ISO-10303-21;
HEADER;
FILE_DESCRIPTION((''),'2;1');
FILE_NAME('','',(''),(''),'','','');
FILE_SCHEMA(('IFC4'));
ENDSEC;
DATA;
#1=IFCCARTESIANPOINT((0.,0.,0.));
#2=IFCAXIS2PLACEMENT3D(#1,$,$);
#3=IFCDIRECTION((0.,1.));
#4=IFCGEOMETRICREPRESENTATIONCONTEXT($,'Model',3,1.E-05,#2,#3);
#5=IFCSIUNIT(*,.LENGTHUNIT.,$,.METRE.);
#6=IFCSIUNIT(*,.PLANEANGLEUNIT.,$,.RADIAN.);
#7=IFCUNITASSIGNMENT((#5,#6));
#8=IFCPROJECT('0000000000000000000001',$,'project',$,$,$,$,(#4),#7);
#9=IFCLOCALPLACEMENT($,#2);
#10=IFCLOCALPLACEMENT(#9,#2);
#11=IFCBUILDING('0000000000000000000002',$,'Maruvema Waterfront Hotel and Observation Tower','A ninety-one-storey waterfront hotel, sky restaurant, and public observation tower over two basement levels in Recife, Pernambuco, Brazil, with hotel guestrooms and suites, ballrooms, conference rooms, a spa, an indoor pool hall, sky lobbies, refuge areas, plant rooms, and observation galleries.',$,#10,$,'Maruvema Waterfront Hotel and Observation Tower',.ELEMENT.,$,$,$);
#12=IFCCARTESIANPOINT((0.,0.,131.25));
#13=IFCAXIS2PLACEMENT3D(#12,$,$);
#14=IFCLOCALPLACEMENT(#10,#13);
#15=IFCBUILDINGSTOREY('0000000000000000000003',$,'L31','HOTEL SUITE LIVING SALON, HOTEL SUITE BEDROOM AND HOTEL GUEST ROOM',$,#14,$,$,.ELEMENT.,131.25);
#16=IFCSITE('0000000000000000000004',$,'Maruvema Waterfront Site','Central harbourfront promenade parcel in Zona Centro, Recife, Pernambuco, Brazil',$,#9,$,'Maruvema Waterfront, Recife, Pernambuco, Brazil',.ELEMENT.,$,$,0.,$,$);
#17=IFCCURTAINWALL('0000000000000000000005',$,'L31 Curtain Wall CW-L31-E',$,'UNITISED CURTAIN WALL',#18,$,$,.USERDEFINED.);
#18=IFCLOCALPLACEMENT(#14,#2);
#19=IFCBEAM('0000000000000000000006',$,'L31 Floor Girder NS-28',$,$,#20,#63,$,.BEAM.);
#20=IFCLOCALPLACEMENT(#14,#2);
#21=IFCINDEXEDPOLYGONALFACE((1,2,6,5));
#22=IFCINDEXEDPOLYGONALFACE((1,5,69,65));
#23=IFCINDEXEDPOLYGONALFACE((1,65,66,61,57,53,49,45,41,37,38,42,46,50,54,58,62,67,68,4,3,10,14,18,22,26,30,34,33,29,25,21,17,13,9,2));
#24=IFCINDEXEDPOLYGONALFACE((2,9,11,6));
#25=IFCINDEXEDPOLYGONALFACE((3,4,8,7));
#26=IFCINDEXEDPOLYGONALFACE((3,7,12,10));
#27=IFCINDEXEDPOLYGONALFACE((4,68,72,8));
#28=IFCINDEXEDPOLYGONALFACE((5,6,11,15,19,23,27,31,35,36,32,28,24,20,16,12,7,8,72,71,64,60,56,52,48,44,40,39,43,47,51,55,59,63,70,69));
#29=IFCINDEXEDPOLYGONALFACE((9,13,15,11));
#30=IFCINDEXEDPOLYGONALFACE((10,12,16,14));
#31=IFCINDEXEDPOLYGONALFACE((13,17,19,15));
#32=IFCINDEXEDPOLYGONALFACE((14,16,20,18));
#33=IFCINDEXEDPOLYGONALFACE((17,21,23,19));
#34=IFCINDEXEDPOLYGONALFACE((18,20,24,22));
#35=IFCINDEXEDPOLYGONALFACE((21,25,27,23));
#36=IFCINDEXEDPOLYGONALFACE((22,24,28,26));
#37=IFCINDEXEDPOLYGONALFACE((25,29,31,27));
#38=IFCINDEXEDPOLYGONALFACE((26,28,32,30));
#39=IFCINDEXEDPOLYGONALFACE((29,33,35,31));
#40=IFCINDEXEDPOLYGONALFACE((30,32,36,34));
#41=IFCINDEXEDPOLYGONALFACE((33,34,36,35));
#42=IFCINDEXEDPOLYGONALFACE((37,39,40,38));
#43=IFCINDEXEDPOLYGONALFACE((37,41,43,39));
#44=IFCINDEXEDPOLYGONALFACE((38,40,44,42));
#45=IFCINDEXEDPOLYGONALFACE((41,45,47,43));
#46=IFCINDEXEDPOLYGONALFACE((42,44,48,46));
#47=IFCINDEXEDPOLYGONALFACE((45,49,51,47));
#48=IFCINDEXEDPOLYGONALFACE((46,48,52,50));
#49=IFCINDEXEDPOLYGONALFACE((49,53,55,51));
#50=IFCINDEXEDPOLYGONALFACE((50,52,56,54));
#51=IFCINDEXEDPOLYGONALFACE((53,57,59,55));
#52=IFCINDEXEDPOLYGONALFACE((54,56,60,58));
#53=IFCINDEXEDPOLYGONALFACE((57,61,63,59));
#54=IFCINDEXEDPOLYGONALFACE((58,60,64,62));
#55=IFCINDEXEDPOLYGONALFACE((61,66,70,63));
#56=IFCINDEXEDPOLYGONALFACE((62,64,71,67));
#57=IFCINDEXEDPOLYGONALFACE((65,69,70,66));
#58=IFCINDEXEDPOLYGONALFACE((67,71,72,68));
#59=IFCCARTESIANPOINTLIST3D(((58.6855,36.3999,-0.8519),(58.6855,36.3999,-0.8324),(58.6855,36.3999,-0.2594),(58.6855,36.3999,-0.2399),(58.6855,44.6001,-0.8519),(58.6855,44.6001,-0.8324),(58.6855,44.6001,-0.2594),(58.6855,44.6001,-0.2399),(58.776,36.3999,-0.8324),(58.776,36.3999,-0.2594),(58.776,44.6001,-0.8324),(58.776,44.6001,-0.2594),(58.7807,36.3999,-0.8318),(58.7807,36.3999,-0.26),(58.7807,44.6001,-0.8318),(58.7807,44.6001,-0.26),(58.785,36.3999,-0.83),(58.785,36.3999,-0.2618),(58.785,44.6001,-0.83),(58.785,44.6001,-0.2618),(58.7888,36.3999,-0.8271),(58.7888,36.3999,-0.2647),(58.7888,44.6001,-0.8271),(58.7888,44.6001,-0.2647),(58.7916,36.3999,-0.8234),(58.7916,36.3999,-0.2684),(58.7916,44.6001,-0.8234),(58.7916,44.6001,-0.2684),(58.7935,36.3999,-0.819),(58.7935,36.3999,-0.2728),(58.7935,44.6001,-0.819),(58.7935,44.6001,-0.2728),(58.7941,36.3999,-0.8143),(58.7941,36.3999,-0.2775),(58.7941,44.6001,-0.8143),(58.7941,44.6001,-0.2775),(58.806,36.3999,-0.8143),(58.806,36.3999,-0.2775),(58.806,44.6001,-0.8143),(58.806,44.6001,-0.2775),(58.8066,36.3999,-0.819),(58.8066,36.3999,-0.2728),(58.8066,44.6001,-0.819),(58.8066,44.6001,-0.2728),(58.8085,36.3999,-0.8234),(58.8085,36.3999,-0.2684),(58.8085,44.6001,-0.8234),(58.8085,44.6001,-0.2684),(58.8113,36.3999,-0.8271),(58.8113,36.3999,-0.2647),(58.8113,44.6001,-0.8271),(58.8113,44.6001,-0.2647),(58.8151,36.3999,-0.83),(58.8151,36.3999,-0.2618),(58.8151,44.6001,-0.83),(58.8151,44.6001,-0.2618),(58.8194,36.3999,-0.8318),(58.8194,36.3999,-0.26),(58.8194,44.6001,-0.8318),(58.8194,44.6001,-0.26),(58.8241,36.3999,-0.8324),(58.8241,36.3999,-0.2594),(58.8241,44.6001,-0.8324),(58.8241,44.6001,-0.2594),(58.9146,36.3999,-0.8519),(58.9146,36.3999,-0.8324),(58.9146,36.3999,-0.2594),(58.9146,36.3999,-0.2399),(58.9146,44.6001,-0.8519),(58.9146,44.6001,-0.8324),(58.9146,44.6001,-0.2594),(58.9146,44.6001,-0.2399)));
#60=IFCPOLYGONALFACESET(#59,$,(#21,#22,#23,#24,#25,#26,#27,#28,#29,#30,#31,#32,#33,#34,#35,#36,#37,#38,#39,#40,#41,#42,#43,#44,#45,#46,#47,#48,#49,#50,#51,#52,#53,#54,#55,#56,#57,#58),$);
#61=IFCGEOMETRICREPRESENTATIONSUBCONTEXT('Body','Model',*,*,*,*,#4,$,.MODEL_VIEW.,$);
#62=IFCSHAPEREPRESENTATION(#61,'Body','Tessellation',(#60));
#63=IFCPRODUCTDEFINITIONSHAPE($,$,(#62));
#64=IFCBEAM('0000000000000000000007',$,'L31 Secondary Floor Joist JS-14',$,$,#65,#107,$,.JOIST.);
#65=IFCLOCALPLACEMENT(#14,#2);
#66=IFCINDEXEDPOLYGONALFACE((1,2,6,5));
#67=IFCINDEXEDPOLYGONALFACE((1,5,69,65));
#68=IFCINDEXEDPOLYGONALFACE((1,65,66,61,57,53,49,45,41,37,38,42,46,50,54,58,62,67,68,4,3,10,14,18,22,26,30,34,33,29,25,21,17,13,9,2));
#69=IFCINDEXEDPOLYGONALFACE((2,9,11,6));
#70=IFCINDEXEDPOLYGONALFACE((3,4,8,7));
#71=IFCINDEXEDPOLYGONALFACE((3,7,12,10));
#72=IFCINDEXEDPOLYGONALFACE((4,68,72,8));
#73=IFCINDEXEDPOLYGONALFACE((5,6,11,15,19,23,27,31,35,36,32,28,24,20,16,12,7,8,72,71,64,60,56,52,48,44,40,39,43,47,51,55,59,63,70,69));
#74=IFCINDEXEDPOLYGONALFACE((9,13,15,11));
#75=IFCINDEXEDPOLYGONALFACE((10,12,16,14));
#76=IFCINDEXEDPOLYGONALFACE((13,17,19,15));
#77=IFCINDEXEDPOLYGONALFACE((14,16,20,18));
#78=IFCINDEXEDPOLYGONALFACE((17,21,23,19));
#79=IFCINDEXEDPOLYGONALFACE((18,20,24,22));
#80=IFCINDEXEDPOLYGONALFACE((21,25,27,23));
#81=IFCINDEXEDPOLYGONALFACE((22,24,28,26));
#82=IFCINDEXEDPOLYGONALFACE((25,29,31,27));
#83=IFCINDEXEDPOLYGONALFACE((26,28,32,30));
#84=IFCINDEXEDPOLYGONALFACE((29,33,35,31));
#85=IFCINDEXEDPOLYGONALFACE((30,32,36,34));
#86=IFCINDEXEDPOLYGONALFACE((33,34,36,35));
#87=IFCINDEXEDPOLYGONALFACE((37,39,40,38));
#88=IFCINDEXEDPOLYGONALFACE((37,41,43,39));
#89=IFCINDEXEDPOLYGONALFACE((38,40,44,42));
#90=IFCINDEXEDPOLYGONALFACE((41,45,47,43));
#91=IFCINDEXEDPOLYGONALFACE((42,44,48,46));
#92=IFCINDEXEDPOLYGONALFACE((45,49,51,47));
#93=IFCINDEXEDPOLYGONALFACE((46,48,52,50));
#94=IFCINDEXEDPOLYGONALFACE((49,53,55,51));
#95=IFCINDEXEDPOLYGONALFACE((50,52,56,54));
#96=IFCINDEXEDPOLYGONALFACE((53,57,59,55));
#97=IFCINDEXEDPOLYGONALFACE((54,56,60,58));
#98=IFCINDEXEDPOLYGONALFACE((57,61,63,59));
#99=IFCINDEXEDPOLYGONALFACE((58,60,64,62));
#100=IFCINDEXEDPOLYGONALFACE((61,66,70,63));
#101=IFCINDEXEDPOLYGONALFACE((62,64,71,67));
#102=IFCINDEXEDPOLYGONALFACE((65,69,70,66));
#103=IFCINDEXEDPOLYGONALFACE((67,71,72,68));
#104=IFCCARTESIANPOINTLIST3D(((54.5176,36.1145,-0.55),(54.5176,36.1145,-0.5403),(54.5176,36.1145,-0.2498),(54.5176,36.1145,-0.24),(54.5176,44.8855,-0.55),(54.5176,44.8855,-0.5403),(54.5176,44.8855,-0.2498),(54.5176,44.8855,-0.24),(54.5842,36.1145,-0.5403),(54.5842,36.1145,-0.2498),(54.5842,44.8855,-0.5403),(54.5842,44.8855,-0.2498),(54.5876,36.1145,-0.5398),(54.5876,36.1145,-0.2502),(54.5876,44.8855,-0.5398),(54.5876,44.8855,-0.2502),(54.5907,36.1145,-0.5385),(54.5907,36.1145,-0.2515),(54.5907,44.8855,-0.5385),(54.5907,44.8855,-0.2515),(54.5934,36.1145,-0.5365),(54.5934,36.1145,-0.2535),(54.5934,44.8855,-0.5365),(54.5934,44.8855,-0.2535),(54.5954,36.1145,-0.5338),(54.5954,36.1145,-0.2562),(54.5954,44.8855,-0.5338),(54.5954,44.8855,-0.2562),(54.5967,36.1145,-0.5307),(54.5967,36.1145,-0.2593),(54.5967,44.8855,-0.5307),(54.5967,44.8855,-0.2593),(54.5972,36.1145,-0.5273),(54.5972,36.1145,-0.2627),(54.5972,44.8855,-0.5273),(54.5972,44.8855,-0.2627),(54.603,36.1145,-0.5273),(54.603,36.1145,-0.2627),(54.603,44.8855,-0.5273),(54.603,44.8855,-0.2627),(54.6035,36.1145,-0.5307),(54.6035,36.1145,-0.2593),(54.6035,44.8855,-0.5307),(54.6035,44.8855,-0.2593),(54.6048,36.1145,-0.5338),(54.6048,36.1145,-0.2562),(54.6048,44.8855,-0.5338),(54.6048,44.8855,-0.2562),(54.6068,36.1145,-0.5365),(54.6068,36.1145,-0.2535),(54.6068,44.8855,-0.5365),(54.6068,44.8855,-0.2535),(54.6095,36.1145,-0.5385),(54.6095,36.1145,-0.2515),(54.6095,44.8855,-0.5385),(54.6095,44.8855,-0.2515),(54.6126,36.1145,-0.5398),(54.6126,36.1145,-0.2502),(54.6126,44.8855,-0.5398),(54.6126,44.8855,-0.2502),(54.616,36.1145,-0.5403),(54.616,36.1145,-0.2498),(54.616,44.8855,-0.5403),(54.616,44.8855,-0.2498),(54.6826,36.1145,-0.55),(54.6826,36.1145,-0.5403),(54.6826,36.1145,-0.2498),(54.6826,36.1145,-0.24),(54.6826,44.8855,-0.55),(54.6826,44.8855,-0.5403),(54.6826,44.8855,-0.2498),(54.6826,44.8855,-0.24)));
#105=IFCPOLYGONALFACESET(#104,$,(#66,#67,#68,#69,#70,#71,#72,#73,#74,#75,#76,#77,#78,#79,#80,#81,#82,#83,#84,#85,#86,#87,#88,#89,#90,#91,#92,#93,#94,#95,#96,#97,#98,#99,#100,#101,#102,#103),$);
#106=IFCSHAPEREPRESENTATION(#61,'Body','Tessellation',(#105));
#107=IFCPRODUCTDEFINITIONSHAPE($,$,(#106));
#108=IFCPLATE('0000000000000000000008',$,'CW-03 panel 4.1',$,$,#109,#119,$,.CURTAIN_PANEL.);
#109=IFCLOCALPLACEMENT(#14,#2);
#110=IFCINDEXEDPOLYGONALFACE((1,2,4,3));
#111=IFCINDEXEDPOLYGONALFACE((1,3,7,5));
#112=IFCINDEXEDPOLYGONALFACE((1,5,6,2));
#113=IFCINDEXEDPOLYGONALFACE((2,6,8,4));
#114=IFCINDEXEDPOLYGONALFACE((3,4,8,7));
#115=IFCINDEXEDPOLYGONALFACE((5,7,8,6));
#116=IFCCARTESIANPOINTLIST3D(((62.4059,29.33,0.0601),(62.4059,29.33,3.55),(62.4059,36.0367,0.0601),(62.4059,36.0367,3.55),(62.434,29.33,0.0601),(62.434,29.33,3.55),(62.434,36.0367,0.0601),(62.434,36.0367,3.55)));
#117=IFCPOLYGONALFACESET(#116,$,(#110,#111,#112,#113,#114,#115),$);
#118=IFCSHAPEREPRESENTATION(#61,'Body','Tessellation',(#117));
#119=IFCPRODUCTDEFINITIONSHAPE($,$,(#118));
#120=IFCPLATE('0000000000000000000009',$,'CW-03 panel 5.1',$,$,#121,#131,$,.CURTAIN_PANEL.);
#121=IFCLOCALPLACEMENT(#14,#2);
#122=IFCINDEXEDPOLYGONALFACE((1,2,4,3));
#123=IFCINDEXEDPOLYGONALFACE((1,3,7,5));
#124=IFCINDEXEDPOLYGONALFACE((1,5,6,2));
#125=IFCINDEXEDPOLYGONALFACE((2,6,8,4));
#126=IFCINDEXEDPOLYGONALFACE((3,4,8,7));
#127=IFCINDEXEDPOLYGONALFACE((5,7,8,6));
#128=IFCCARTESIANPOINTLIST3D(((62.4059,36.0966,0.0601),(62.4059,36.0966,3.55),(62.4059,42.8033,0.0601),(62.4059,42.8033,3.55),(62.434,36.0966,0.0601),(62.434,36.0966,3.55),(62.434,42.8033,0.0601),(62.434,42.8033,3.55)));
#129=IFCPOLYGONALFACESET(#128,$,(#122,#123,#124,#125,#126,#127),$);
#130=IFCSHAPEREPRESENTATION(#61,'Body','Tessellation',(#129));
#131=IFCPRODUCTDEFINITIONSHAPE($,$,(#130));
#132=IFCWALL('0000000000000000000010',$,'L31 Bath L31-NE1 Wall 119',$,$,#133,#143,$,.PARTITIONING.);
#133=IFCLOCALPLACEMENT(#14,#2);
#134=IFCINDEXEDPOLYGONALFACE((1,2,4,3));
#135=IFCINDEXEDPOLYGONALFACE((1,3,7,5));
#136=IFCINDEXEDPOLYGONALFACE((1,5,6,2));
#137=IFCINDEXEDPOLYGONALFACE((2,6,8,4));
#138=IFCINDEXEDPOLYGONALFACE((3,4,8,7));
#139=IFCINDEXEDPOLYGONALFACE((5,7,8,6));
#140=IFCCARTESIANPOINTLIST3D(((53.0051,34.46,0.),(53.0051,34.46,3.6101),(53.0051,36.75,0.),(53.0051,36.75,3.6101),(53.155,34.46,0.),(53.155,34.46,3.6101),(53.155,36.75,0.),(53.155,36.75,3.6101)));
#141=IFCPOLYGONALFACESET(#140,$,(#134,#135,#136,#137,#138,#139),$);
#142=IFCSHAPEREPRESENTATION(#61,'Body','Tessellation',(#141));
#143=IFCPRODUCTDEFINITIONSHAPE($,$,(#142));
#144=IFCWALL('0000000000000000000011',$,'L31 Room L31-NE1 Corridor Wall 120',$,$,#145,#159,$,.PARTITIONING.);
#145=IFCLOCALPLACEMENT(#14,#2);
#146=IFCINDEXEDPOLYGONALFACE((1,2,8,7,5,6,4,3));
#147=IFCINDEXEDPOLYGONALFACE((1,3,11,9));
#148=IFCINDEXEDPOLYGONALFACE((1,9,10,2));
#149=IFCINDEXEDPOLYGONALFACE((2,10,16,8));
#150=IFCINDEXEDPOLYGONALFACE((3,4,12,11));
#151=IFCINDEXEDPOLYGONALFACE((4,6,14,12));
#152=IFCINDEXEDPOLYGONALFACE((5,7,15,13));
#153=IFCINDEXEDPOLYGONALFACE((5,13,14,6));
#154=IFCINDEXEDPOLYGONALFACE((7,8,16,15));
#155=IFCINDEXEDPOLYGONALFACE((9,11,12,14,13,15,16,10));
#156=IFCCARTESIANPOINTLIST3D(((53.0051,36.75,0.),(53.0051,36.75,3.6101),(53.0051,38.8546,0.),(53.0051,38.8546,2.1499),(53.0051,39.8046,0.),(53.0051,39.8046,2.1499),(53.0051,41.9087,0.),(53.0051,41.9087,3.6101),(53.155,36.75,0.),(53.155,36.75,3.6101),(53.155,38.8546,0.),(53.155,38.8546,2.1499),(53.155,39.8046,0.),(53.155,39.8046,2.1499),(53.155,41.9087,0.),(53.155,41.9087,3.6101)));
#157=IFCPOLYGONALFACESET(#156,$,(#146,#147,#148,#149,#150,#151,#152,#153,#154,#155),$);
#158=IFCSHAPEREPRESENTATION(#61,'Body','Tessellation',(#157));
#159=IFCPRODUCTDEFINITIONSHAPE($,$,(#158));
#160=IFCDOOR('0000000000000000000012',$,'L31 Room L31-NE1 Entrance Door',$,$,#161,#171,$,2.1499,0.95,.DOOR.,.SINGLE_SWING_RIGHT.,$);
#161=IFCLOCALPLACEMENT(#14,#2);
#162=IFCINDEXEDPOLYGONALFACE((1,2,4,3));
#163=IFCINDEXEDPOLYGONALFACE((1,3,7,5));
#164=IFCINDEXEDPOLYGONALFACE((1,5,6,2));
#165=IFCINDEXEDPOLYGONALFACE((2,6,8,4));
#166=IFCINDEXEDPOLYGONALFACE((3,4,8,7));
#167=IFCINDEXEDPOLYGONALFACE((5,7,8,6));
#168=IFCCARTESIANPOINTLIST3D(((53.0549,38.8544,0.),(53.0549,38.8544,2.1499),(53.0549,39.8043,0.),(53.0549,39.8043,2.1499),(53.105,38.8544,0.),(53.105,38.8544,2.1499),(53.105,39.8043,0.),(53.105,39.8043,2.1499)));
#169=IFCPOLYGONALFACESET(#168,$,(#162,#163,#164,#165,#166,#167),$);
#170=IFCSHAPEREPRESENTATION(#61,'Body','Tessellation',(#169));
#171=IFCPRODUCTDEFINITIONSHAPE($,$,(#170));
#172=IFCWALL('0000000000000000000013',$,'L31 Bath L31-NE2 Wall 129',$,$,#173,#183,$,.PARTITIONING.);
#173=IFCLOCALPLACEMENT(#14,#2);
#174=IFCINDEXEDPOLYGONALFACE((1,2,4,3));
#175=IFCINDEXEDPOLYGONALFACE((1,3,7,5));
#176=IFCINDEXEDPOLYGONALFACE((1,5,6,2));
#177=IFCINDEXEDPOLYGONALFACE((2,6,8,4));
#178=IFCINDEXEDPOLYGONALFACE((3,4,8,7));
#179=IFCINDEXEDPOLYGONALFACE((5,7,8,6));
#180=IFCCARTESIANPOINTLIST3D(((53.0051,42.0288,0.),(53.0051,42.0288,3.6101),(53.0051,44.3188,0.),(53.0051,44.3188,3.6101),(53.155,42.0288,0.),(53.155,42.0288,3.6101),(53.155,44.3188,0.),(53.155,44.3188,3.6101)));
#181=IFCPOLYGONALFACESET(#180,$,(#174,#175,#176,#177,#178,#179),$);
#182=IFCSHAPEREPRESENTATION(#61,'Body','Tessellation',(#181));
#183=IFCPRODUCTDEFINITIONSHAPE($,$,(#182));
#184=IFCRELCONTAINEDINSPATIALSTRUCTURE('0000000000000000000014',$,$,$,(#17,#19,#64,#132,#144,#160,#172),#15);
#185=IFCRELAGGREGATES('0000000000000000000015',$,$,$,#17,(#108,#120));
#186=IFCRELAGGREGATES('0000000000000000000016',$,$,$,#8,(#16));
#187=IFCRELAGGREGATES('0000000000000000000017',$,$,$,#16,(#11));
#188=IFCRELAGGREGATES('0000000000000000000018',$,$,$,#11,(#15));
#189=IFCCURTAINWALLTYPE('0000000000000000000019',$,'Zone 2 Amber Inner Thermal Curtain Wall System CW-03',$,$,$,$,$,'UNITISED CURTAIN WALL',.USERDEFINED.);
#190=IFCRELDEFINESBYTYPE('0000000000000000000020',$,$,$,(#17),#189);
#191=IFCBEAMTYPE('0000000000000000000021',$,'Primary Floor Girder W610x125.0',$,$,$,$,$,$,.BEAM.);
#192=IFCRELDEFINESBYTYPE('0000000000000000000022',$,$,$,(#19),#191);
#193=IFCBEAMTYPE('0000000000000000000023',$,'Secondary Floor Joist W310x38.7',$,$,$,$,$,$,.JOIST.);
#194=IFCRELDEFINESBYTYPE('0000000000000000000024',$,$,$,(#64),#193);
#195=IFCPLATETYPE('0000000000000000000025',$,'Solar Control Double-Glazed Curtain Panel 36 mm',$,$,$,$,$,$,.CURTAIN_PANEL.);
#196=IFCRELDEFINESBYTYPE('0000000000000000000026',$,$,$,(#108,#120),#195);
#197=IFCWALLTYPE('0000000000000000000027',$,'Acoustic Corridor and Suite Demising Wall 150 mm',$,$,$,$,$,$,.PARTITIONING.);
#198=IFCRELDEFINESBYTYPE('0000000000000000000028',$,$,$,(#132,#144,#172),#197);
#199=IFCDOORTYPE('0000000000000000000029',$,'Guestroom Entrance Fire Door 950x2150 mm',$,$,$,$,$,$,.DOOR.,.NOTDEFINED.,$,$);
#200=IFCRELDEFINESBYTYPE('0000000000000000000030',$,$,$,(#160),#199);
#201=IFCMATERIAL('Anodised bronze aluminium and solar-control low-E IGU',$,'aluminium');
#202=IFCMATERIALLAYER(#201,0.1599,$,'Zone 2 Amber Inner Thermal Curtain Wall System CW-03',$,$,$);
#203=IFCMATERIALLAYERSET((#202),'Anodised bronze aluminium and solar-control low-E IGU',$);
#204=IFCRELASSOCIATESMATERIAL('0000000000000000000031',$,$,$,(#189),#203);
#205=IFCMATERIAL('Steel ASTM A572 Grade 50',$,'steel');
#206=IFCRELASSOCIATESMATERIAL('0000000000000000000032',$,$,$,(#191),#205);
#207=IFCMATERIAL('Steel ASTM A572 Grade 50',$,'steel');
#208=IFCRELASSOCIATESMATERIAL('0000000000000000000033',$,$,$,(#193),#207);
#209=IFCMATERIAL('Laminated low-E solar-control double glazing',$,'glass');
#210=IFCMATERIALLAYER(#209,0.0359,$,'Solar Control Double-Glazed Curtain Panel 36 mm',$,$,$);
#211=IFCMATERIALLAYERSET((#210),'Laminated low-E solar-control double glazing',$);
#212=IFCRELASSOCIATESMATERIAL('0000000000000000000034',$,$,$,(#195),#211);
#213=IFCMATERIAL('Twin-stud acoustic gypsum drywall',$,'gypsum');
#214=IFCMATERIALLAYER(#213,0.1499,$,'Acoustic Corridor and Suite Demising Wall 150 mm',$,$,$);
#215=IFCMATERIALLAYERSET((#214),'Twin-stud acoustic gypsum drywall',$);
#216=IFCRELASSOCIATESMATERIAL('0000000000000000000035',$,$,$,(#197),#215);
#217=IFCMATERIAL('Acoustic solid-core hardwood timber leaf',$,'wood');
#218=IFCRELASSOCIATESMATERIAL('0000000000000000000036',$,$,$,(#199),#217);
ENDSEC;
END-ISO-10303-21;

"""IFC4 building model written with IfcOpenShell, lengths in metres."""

from ifc_helpers import new_model, si_unit, direction, frame, frame_2d, origin, origin_2d, place, context, subcontext, project, spatial, rectangle, i_section, extrude, material, layer, layer_set, material_profile, profile_set, type_object, element, fill, aggregate, save


model = new_model("IFC4")

# Units and contexts
model_context = context("Model", 3, precision=1e-05, world=origin(), true_north=direction((0.0, 1.0)))
body_context = subcontext(model_context, "Body", "Model", "MODEL_VIEW")
ifc_project = project(units=[si_unit("LENGTHUNIT", "METRE"), si_unit("PLANEANGLEUNIT", "RADIAN")], contexts=[model_context])

# Site, building, storey
site_placement = place(None, origin())
site = spatial("IfcSite", under=ifc_project, at=site_placement, Name="Maruvema Waterfront Site", Description="Central harbourfront promenade parcel in Zona Centro, Recife, Pernambuco, Brazil", LongName="Maruvema Waterfront, Recife, Pernambuco, Brazil", CompositionType="ELEMENT", RefElevation=0.0)
building_placement = place(site_placement, origin())
building = spatial("IfcBuilding", under=site, at=building_placement, Name="Maruvema Waterfront Hotel and Observation Tower", Description="A ninety-one-storey waterfront hotel, sky restaurant, and public observation tower over two basement levels in Recife, Pernambuco, Brazil, with hotel guestrooms and suites, ballrooms, conference rooms, a spa, an indoor pool hall, sky lobbies, refuge areas, plant rooms, and observation galleries.", LongName="Maruvema Waterfront Hotel and Observation Tower", CompositionType="ELEMENT")
storey_placement = place(building_placement, frame((0.0, 0.0, 131.25)))
storey = spatial("IfcBuildingStorey", under=building, at=storey_placement, Name="L31", Description="HOTEL SUITE LIVING SALON, HOTEL SUITE BEDROOM AND HOTEL GUEST ROOM", CompositionType="ELEMENT", Elevation=131.25)

# Curtain wall
ifc_material_1 = material(Name="Anodised bronze aluminium and solar-control low-E IGU", Category="aluminium")
ifc_layer_1 = layer(ifc_material_1, 0.1599, Name="Zone 2 Amber Inner Thermal Curtain Wall System CW-03")
ifc_layer_set_1 = layer_set([ifc_layer_1], Name="Anodised bronze aluminium and solar-control low-E IGU")
curtain_wall_type = type_object("IfcCurtainWallType", Name="Zone 2 Amber Inner Thermal Curtain Wall System CW-03", ElementType="UNITISED CURTAIN WALL", PredefinedType="USERDEFINED", material=ifc_layer_set_1)
curtain_wall_placement = place(storey_placement, origin())
curtain_wall = element("IfcCurtainWall", 1, at=curtain_wall_placement, inside=storey, type_object=curtain_wall_type, Name="L31 Curtain Wall CW-L31-E", ObjectType="UNITISED CURTAIN WALL", PredefinedType="USERDEFINED")

# Beams
ifc_material_2 = material(Name="Steel ASTM A572 Grade 50", Category="steel")
ifc_material_profile_1 = material_profile(ifc_material_2, i_section(OverallWidth=0.229, OverallDepth=0.6121, WebThickness=0.012, FlangeThickness=0.0195, FilletRadius=0.0181, at=origin_2d()), Name="W610x125.0")
ifc_profile_set_1 = profile_set([ifc_material_profile_1], Name="Steel ASTM A572 Grade 50")
beam_type_1 = type_object("IfcBeamType", Name="Primary Floor Girder W610x125.0", PredefinedType="BEAM", material=ifc_profile_set_1)
for number, where, z_axis, x_axis, name in (
    (2, (58.8, 36.3999, -0.5459), (0.0, 1.0, 0.0), (-1.0, 0.0, 0.0), "L31 Floor Girder NS-28"),
):
    element("IfcBeam", number, at=place(storey_placement, frame(where, z_axis=z_axis, x_axis=x_axis)), inside=storey, type_object=beam_type_1, Name=name, PredefinedType="BEAM", context=body_context, shape_type="SweptSolid", body=[
        extrude(i_section(OverallWidth=0.229, OverallDepth=0.6121, WebThickness=0.012, FlangeThickness=0.0195, FilletRadius=0.0181, at=origin_2d()), origin(), (0.0, 0.0, 1.0), 8.2002),
    ])
ifc_material_3 = material(Name="Steel ASTM A572 Grade 50", Category="steel")
ifc_material_profile_2 = material_profile(ifc_material_3, i_section(OverallWidth=0.165, OverallDepth=0.3101, WebThickness=0.0059, FlangeThickness=0.0098, FilletRadius=0.0129, at=origin_2d()), Name="W310x38.7")
ifc_profile_set_2 = profile_set([ifc_material_profile_2], Name="Steel ASTM A572 Grade 50")
beam_type_2 = type_object("IfcBeamType", Name="Secondary Floor Joist W310x38.7", PredefinedType="JOIST", material=ifc_profile_set_2)
beam_1_placement = place(storey_placement, frame((54.6001, 36.1145, -0.395), z_axis=(0.0, 1.0, 0.0), x_axis=(-1.0, 0.0, 0.0)))
element("IfcBeam", 3, at=beam_1_placement, inside=storey, type_object=beam_type_2, Name="L31 Secondary Floor Joist JS-14", PredefinedType="JOIST", context=body_context, shape_type="SweptSolid", body=[
    extrude(i_section(OverallWidth=0.165, OverallDepth=0.3101, WebThickness=0.0059, FlangeThickness=0.0098, FilletRadius=0.0129, at=origin_2d()), origin(), (0.0, 0.0, 1.0), 8.771),
])

# Plates
ifc_material_4 = material(Name="Laminated low-E solar-control double glazing", Category="glass")
ifc_layer_2 = layer(ifc_material_4, 0.0359, Name="Solar Control Double-Glazed Curtain Panel 36 mm")
ifc_layer_set_2 = layer_set([ifc_layer_2], Name="Laminated low-E solar-control double glazing")
plate_type = type_object("IfcPlateType", Name="Solar Control Double-Glazed Curtain Panel 36 mm", PredefinedType="CURTAIN_PANEL", material=ifc_layer_set_2)
plate_1_placement = place(storey_placement, frame((62.4199, 32.6833, 0.0601), z_axis=(0.0, 0.0, 1.0), x_axis=(0.0, 1.0, 0.0)))
plate_1 = element("IfcPlate", 4, at=plate_1_placement, type_object=plate_type, Name="CW-03 panel 4.1", PredefinedType="CURTAIN_PANEL", context=body_context, shape_type="SweptSolid", body=[
    extrude(rectangle(XDim=6.7068, YDim=0.0281, at=origin_2d()), origin(), (0.0, 0.0, 1.0), 3.49),
])
plate_2_placement = place(storey_placement, frame((62.4199, 39.45, 0.0601), z_axis=(0.0, 0.0, 1.0), x_axis=(0.0, 1.0, 0.0)))
plate_2 = element("IfcPlate", 5, at=plate_2_placement, type_object=plate_type, Name="CW-03 panel 5.1", PredefinedType="CURTAIN_PANEL", context=body_context, shape_type="SweptSolid", body=[
    extrude(rectangle(XDim=6.7068, YDim=0.0281, at=origin_2d()), origin(), (0.0, 0.0, 1.0), 3.49),
])
aggregate(curtain_wall, [plate_1, plate_2])

# Wall
ifc_material_5 = material(Name="Twin-stud acoustic gypsum drywall", Category="gypsum")
ifc_layer_3 = layer(ifc_material_5, 0.1499, Name="Acoustic Corridor and Suite Demising Wall 150 mm")
ifc_layer_set_3 = layer_set([ifc_layer_3], Name="Twin-stud acoustic gypsum drywall")
wall_type_1 = type_object("IfcWallType", Name="Acoustic Corridor and Suite Demising Wall 150 mm", PredefinedType="PARTITIONING", material=ifc_layer_set_3)
wall_1_placement = place(storey_placement, frame((53.0801, 34.46, 0.0), z_axis=(0.0, 0.0, 1.0), x_axis=(0.0, 1.0, 0.0)))
element("IfcWall", 6, at=wall_1_placement, inside=storey, type_object=wall_type_1, Name="L31 Bath L31-NE1 Wall 119", PredefinedType="PARTITIONING", context=body_context, shape_type="SweptSolid", body=[
    extrude(rectangle(XDim=2.29, YDim=0.1499, at=frame_2d((1.145, 0.0))), origin(), (0.0, 0.0, 1.0), 3.6101),
])

# Wall, opening, door
wall_2_placement = place(storey_placement, frame((53.0801, 36.75, 0.0), z_axis=(0.0, 0.0, 1.0), x_axis=(0.0, 1.0, 0.0)))
wall_2 = element("IfcWall", 7, at=wall_2_placement, inside=storey, type_object=wall_type_1, Name="L31 Room L31-NE1 Corridor Wall 120", PredefinedType="PARTITIONING", context=body_context, shape_type="SweptSolid", body=[
    extrude(rectangle(XDim=5.1587, YDim=0.1499, at=frame_2d((2.5793, 0.0))), origin(), (0.0, 0.0, 1.0), 3.6101),
])
opening_1_placement = place(wall_2_placement, frame((2.1045, 0.0, 0.0)))
opening_1 = element("IfcOpeningElement", 8, at=opening_1_placement, cuts=wall_2, PredefinedType="OPENING", context=body_context, shape_type="SweptSolid", body=[
    extrude(rectangle(XDim=0.95, YDim=2.1499, at=frame_2d((0.4751, 1.075))), frame((0.0, 0.085, 0.0), z_axis=(0.0, -1.0, 0.0), x_axis=(1.0, 0.0, 0.0)), (0.0, 0.0, 1.0), 0.1699),
])
ifc_material_6 = material(Name="Acoustic solid-core hardwood timber leaf", Category="wood")
door_type_1 = type_object("IfcDoorType", Name="Guestroom Entrance Fire Door 950x2150 mm", OperationType="NOTDEFINED", PredefinedType="DOOR", material=ifc_material_6)
door_1_placement = place(opening_1_placement, frame((0.95, 0.0, 0.0), z_axis=(0.0, 0.0, 1.0), x_axis=(-1.0, 0.0, 0.0)))
door_1 = element("IfcDoor", 9, at=door_1_placement, inside=storey, type_object=door_type_1, Name="L31 Room L31-NE1 Entrance Door", OperationType="SINGLE_SWING_RIGHT", OverallHeight=2.1499, OverallWidth=0.95, PredefinedType="DOOR", context=body_context, shape_type="SweptSolid", body=[
    extrude(rectangle(XDim=0.95, YDim=2.1499, at=frame_2d((0.4751, 1.075))), frame((0.0, 0.0249, 0.0), z_axis=(0.0, -1.0, 0.0), x_axis=(1.0, 0.0, 0.0)), (0.0, 0.0, 1.0), 0.05),
])
fill(opening_1, door_1)

# Wall
wall_3_placement = place(storey_placement, frame((53.0801, 42.0288, 0.0), z_axis=(0.0, 0.0, 1.0), x_axis=(0.0, 1.0, 0.0)))
element("IfcWall", 10, at=wall_3_placement, inside=storey, type_object=wall_type_1, Name="L31 Bath L31-NE2 Wall 129", PredefinedType="PARTITIONING", context=body_context, shape_type="SweptSolid", body=[
    extrude(rectangle(XDim=2.29, YDim=0.1499, at=frame_2d((1.145, 0.0))), origin(), (0.0, 0.0, 1.0), 3.6101),
])

save(model, "model.ifc")
